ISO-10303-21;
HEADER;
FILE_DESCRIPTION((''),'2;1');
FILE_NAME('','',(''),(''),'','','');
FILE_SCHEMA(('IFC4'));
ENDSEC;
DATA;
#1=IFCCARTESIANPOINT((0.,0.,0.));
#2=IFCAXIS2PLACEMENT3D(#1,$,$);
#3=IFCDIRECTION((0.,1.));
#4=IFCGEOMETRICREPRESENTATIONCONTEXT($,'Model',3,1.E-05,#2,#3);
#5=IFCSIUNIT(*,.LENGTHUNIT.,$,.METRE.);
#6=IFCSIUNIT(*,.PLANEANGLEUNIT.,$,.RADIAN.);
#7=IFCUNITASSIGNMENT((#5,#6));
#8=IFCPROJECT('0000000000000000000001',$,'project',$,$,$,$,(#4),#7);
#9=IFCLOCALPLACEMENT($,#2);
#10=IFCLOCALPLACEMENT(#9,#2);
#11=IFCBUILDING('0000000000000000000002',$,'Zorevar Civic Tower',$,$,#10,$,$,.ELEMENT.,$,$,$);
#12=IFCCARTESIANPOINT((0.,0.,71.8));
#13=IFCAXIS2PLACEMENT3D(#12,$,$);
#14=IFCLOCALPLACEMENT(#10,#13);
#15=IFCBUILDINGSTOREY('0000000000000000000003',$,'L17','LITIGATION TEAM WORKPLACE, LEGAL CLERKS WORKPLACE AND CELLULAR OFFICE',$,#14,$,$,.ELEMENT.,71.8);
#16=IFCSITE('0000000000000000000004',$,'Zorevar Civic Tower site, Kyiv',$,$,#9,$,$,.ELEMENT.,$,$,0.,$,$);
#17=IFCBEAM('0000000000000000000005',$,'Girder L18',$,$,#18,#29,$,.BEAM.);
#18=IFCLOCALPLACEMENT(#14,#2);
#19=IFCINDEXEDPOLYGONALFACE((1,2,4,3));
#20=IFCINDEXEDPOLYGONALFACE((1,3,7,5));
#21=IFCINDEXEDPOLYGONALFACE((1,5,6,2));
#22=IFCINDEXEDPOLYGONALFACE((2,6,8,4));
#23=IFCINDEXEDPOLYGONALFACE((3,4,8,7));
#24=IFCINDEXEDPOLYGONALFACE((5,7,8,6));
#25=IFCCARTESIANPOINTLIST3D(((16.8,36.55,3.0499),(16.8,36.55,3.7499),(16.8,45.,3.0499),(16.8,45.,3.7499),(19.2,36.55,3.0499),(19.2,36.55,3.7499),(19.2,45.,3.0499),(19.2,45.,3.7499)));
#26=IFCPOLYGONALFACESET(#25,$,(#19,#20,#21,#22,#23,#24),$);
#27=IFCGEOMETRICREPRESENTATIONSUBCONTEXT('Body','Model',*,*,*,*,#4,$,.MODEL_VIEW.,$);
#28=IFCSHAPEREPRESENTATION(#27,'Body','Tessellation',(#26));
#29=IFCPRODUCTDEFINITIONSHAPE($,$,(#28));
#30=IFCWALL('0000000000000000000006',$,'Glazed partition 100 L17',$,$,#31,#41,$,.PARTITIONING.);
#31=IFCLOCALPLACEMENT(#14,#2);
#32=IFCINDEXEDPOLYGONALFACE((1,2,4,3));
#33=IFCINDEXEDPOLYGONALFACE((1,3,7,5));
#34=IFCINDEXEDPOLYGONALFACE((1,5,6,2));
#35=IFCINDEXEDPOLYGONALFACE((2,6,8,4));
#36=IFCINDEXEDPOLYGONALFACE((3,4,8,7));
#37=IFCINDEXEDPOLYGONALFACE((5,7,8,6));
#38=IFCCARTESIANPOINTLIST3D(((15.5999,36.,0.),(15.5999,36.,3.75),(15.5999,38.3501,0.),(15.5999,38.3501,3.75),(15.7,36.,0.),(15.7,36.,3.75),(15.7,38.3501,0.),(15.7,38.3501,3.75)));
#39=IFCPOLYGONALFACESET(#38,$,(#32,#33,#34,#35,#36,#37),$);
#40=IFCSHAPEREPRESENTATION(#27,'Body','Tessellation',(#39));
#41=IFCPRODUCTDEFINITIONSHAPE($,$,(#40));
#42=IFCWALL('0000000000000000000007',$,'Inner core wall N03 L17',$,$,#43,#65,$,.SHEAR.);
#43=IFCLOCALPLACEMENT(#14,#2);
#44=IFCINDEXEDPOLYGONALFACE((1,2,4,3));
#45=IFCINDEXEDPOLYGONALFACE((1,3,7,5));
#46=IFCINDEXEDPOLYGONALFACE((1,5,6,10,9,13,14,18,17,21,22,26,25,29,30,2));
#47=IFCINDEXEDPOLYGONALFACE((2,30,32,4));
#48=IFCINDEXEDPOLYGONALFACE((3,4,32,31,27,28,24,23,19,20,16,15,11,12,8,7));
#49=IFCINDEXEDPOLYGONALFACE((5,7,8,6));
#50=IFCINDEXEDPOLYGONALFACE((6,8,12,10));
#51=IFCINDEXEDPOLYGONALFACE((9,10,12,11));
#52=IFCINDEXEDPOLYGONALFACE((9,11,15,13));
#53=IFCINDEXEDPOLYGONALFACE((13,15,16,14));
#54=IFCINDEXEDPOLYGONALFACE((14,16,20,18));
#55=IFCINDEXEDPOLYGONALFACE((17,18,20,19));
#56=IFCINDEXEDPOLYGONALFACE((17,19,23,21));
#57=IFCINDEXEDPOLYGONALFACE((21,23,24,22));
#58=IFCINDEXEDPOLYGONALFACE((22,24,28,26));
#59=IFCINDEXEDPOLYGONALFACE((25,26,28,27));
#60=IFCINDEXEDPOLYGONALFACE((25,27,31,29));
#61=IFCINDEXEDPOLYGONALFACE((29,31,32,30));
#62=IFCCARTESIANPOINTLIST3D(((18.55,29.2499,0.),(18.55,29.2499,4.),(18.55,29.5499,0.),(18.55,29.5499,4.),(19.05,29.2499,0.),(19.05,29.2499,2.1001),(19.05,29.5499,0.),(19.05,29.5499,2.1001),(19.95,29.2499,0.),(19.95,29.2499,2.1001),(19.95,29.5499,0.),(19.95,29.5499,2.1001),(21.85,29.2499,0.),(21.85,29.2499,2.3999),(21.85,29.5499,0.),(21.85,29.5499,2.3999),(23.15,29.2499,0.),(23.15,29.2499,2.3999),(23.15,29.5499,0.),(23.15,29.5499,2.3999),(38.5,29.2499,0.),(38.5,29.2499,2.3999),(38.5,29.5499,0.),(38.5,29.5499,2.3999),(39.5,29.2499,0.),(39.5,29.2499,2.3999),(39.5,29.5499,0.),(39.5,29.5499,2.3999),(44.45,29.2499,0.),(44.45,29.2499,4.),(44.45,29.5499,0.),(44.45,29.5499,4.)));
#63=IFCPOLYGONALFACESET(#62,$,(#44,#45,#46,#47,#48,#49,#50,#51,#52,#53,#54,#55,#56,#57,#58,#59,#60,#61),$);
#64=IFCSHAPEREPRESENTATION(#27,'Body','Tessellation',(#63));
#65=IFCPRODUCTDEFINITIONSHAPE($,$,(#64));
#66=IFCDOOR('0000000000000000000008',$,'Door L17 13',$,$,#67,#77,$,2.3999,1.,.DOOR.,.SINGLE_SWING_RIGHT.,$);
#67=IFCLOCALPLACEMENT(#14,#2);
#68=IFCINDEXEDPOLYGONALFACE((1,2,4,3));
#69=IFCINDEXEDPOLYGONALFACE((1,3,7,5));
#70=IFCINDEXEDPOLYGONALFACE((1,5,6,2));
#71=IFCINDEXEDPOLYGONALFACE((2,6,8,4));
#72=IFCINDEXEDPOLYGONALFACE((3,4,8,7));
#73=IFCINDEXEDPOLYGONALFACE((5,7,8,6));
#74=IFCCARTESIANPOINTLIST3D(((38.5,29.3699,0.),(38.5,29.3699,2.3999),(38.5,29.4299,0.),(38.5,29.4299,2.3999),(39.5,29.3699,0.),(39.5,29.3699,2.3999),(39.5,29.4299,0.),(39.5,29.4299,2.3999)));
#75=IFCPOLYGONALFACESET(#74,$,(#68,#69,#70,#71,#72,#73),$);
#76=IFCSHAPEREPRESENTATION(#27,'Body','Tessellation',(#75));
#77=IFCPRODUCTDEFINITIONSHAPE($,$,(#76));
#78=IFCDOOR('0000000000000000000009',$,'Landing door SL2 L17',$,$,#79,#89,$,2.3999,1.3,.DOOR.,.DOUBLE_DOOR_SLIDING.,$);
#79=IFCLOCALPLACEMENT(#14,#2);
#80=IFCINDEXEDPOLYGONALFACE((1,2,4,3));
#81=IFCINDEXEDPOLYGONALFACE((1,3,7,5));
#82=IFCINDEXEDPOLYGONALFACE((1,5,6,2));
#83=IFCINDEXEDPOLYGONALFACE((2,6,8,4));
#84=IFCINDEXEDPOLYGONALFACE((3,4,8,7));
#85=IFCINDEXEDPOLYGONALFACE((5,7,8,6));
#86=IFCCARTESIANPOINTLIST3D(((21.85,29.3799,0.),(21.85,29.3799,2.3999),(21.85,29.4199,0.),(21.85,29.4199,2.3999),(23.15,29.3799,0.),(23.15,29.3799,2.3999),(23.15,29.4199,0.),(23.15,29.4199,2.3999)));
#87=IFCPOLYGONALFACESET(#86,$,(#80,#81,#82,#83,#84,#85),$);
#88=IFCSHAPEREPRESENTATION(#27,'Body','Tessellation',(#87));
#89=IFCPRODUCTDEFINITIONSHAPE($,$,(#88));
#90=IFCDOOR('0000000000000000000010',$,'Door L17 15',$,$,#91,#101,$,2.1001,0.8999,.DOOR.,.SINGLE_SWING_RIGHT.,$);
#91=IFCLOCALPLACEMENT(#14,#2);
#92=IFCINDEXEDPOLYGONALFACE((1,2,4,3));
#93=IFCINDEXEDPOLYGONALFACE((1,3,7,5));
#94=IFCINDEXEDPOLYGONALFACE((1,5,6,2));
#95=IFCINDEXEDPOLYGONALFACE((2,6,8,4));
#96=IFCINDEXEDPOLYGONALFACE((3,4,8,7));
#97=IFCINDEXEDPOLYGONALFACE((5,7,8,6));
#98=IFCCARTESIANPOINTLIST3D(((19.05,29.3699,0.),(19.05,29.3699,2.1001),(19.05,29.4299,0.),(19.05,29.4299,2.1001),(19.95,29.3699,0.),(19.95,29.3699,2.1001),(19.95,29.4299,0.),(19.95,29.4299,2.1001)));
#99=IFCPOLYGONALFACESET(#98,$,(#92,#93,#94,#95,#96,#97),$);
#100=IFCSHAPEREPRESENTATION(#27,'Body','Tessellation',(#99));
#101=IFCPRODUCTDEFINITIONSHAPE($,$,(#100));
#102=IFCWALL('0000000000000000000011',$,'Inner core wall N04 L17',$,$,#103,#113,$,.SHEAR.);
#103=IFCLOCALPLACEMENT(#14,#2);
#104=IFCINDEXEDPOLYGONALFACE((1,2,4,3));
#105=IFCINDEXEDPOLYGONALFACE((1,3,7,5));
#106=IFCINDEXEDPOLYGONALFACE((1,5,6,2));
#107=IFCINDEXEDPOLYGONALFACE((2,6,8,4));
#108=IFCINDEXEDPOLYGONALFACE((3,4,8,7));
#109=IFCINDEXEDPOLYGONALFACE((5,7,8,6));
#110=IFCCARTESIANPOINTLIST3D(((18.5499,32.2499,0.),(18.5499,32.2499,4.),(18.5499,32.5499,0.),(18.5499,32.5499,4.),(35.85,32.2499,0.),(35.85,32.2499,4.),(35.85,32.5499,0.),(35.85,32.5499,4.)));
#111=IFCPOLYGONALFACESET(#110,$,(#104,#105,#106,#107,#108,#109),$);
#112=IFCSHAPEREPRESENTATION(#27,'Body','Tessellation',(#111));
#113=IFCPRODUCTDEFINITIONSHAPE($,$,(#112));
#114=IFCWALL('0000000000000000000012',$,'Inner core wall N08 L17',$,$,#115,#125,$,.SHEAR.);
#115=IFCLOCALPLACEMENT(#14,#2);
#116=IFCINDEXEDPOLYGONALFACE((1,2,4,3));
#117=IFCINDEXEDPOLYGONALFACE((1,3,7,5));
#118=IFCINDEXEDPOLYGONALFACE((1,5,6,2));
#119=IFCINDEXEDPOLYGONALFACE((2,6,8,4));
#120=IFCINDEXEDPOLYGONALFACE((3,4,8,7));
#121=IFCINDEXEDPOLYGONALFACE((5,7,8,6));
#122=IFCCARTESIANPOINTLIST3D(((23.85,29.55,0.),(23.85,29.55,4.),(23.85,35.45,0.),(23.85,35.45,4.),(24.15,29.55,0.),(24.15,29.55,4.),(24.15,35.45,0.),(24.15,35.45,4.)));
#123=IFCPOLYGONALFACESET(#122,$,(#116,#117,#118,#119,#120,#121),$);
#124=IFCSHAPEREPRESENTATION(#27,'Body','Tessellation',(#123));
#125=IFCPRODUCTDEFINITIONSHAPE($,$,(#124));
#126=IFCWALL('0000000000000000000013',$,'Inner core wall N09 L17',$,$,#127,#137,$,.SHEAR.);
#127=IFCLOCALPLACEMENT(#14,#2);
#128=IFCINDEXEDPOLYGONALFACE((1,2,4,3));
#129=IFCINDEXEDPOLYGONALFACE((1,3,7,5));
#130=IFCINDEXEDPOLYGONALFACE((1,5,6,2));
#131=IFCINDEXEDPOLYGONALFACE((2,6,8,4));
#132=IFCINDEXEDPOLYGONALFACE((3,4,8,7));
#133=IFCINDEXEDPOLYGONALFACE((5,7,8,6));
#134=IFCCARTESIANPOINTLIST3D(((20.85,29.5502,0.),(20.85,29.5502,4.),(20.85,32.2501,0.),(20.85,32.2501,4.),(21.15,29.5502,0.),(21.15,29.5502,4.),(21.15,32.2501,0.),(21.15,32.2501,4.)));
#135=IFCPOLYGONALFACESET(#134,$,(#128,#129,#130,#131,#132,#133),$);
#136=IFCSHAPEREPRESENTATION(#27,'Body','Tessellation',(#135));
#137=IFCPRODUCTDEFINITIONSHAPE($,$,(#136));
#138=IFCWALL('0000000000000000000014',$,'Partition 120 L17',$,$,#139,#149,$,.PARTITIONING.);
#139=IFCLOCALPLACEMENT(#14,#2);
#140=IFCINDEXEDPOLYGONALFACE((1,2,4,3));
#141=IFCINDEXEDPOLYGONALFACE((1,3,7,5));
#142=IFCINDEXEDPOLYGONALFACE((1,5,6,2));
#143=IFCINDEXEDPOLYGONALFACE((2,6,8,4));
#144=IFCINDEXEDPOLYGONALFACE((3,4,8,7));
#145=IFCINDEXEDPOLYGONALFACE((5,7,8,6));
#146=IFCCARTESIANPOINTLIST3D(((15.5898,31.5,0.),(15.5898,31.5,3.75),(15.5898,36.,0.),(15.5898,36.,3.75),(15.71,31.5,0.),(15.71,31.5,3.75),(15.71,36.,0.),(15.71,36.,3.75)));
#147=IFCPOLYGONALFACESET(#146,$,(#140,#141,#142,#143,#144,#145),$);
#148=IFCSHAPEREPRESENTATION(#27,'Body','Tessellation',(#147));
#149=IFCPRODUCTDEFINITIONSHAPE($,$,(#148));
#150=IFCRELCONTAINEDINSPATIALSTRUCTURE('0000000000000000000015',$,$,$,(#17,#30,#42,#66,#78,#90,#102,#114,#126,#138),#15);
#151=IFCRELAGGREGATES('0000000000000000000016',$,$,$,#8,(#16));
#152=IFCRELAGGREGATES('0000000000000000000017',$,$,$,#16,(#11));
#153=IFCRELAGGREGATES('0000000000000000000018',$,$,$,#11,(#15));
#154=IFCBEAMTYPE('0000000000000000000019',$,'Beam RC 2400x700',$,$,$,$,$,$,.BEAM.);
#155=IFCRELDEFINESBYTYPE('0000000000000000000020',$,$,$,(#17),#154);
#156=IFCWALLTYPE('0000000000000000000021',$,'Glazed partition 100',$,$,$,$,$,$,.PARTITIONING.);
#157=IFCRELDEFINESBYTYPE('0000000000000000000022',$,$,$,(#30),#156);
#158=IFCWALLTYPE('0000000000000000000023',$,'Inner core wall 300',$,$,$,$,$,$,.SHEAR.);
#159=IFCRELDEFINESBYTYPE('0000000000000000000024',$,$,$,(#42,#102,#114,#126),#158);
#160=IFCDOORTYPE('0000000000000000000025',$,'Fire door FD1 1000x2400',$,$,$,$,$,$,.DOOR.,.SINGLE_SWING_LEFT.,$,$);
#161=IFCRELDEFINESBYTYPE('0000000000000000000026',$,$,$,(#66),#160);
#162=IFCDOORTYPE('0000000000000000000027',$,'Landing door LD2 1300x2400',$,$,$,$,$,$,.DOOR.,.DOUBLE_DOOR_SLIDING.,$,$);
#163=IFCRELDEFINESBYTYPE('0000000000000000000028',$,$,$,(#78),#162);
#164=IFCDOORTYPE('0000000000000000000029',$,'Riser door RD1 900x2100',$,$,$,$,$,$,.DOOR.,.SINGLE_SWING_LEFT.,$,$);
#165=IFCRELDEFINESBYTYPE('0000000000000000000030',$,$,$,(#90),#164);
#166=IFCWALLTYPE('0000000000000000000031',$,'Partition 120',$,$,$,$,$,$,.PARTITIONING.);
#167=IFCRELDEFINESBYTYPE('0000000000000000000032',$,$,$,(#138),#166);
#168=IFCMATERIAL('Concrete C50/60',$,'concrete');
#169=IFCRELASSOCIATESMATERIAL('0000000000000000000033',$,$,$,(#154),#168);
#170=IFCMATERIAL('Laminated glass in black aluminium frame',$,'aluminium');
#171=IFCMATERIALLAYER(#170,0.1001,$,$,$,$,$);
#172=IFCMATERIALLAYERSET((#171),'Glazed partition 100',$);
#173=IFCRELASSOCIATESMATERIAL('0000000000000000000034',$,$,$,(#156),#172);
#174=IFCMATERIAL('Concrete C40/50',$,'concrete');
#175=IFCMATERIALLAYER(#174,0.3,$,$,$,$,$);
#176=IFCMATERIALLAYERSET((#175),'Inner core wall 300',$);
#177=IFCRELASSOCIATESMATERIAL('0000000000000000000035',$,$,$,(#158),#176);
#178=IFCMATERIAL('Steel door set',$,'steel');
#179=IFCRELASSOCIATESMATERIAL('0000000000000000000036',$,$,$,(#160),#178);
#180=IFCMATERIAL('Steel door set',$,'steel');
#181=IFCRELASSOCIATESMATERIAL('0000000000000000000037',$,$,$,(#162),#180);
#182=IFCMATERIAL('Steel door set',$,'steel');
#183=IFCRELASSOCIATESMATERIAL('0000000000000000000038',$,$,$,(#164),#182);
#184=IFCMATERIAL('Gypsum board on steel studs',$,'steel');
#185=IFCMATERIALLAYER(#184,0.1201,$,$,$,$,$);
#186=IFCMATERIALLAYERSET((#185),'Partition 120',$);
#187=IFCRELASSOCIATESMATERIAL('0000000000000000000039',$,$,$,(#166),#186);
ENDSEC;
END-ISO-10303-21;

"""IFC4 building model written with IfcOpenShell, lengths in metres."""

from ifc_helpers import new_model, si_unit, direction, frame, frame_2d, origin, origin_2d, place, context, subcontext, project, spatial, rectangle, extrude, material, layer, layer_set, material_profile, profile_set, type_object, element, fill, save


model = new_model("IFC4")

# Units and contexts
model_context = context("Model", 3, precision=1e-05, world=origin(), true_north=direction((0.0, 1.0)))
body_context = subcontext(model_context, "Body", "Model", "MODEL_VIEW")
ifc_project = project(units=[si_unit("LENGTHUNIT", "METRE"), si_unit("PLANEANGLEUNIT", "RADIAN")], contexts=[model_context])

# Site, building, storey
site_placement = place(None, origin())
site = spatial("IfcSite", under=ifc_project, at=site_placement, Name="Zorevar Civic Tower site, Kyiv", CompositionType="ELEMENT", RefElevation=0.0)
building_placement = place(site_placement, origin())
building = spatial("IfcBuilding", under=site, at=building_placement, Name="Zorevar Civic Tower", CompositionType="ELEMENT")
storey_placement = place(building_placement, frame((0.0, 0.0, 71.8)))
storey = spatial("IfcBuildingStorey", under=building, at=storey_placement, Name="L17", Description="LITIGATION TEAM WORKPLACE, LEGAL CLERKS WORKPLACE AND CELLULAR OFFICE", CompositionType="ELEMENT", Elevation=71.8)

# Beam
ifc_material_1 = material(Name="Concrete C50/60", Category="concrete")
ifc_material_profile = material_profile(ifc_material_1, rectangle(XDim=2.3999, YDim=0.7, at=origin_2d()), Name="RC 2400x700")
ifc_profile_set = profile_set([ifc_material_profile], Name="Concrete C50/60")
beam_type = type_object("IfcBeamType", Name="Beam RC 2400x700", PredefinedType="BEAM", material=ifc_profile_set)
beam_placement = place(storey_placement, frame((18.0, 36.55, 3.3999), z_axis=(0.0, 1.0, 0.0), x_axis=(-1.0, 0.0, 0.0)))
element("IfcBeam", 1, at=beam_placement, inside=storey, type_object=beam_type, Name="Girder L18", PredefinedType="BEAM", context=body_context, shape_type="SweptSolid", body=[
    extrude(rectangle(XDim=2.3999, YDim=0.7, at=origin_2d()), origin(), (0.0, 0.0, 1.0), 8.45),
])

# Wall
ifc_material_2 = material(Name="Laminated glass in black aluminium frame", Category="aluminium")
ifc_layer_1 = layer(ifc_material_2, 0.1001)
ifc_layer_set_1 = layer_set([ifc_layer_1], Name="Glazed partition 100")
wall_type_1 = type_object("IfcWallType", Name="Glazed partition 100", PredefinedType="PARTITIONING", material=ifc_layer_set_1)
wall_1_placement = place(storey_placement, frame((15.6499, 36.0, 0.0), z_axis=(0.0, 0.0, 1.0), x_axis=(0.0, 1.0, 0.0)))
element("IfcWall", 2, at=wall_1_placement, inside=storey, type_object=wall_type_1, Name="Glazed partition 100 L17", PredefinedType="PARTITIONING", context=body_context, shape_type="SweptSolid", body=[
    extrude(rectangle(XDim=2.3501, YDim=0.1001, at=frame_2d((1.175, 0.0))), origin(), (0.0, 0.0, 1.0), 3.75),
])

# Wall, openings, doors
ifc_material_3 = material(Name="Concrete C40/50", Category="concrete")
ifc_layer_2 = layer(ifc_material_3, 0.3)
ifc_layer_set_2 = layer_set([ifc_layer_2], Name="Inner core wall 300")
wall_type_2 = type_object("IfcWallType", Name="Inner core wall 300", PredefinedType="SHEAR", material=ifc_layer_set_2)
wall_2_placement = place(storey_placement, frame((18.55, 29.3999, 0.0), z_axis=(0.0, 0.0, 1.0), x_axis=(1.0, 0.0, 0.0)))
wall_2 = element("IfcWall", 3, at=wall_2_placement, inside=storey, type_object=wall_type_2, Name="Inner core wall N03 L17", PredefinedType="SHEAR", context=body_context, shape_type="SweptSolid", body=[
    extrude(rectangle(XDim=25.8999, YDim=0.3, at=frame_2d((12.95, 0.0))), origin(), (0.0, 0.0, 1.0), 4.0),
])
opening_1_placement = place(wall_2_placement, frame((19.95, 0.0, 0.0)))
opening_1 = element("IfcOpeningElement", 4, at=opening_1_placement, cuts=wall_2, PredefinedType="OPENING", context=body_context, shape_type="SweptSolid", body=[
    extrude(rectangle(XDim=1.0, YDim=2.3999, at=frame_2d((0.5, 1.2))), frame((0.0, 0.1599, 0.0), z_axis=(0.0, -1.0, 0.0), x_axis=(1.0, 0.0, 0.0)), (0.0, 0.0, 1.0), 0.3201),
])
opening_2_placement = place(wall_2_placement, frame((0.5, 0.0, 0.0)))
opening_2 = element("IfcOpeningElement", 5, at=opening_2_placement, cuts=wall_2, PredefinedType="OPENING", context=body_context, shape_type="SweptSolid", body=[
    extrude(rectangle(XDim=0.8999, YDim=2.1001, at=frame_2d((0.45, 1.05))), frame((0.0, 0.1599, 0.0), z_axis=(0.0, -1.0, 0.0), x_axis=(1.0, 0.0, 0.0)), (0.0, 0.0, 1.0), 0.3201),
])
opening_3_placement = place(wall_2_placement, frame((3.3, 0.0, 0.0)))
opening_3 = element("IfcOpeningElement", 6, at=opening_3_placement, cuts=wall_2, PredefinedType="OPENING", context=body_context, shape_type="SweptSolid", body=[
    extrude(rectangle(XDim=1.3, YDim=2.3999, at=frame_2d((0.6499, 1.2))), frame((0.0, 0.1599, 0.0), z_axis=(0.0, -1.0, 0.0), x_axis=(1.0, 0.0, 0.0)), (0.0, 0.0, 1.0), 0.3201),
])
ifc_material_4 = material(Name="Steel door set", Category="steel")
door_type_1 = type_object("IfcDoorType", Name="Fire door FD1 1000x2400", OperationType="SINGLE_SWING_LEFT", PredefinedType="DOOR", material=ifc_material_4)
door_1_placement = place(opening_1_placement, origin())
door_1 = element("IfcDoor", 7, at=door_1_placement, inside=storey, type_object=door_type_1, Name="Door L17 13", OperationType="SINGLE_SWING_RIGHT", OverallHeight=2.3999, OverallWidth=1.0, PredefinedType="DOOR", context=body_context, shape_type="SweptSolid", body=[
    extrude(rectangle(XDim=1.0, YDim=2.3999, at=frame_2d((0.5, 1.2))), frame((0.0, 0.03, 0.0), z_axis=(0.0, -1.0, 0.0), x_axis=(1.0, 0.0, 0.0)), (0.0, 0.0, 1.0), 0.0601),
])
fill(opening_1, door_1)
ifc_material_5 = material(Name="Steel door set", Category="steel")
door_type_2 = type_object("IfcDoorType", Name="Landing door LD2 1300x2400", OperationType="DOUBLE_DOOR_SLIDING", PredefinedType="DOOR", material=ifc_material_5)
door_2_placement = place(opening_3_placement, origin())
door_2 = element("IfcDoor", 8, at=door_2_placement, inside=storey, type_object=door_type_2, Name="Landing door SL2 L17", OperationType="DOUBLE_DOOR_SLIDING", OverallHeight=2.3999, OverallWidth=1.3, PredefinedType="DOOR", context=body_context, shape_type="SweptSolid", body=[
    extrude(rectangle(XDim=1.3, YDim=2.3999, at=frame_2d((0.6499, 1.2))), frame((0.0, 0.02, 0.0), z_axis=(0.0, -1.0, 0.0), x_axis=(1.0, 0.0, 0.0)), (0.0, 0.0, 1.0), 0.04),
])
fill(opening_3, door_2)
ifc_material_6 = material(Name="Steel door set", Category="steel")
door_type_3 = type_object("IfcDoorType", Name="Riser door RD1 900x2100", OperationType="SINGLE_SWING_LEFT", PredefinedType="DOOR", material=ifc_material_6)
door_3_placement = place(opening_2_placement, origin())
door_3 = element("IfcDoor", 9, at=door_3_placement, inside=storey, type_object=door_type_3, Name="Door L17 15", OperationType="SINGLE_SWING_RIGHT", OverallHeight=2.1001, OverallWidth=0.8999, PredefinedType="DOOR", context=body_context, shape_type="SweptSolid", body=[
    extrude(rectangle(XDim=0.8999, YDim=2.1001, at=frame_2d((0.45, 1.05))), frame((0.0, 0.03, 0.0), z_axis=(0.0, -1.0, 0.0), x_axis=(1.0, 0.0, 0.0)), (0.0, 0.0, 1.0), 0.0601),
])
fill(opening_2, door_3)

# Walls
wall_3_placement = place(storey_placement, frame((18.55, 32.3999, 0.0), z_axis=(0.0, 0.0, 1.0), x_axis=(1.0, 0.0, 0.0)))
element("IfcWall", 10, at=wall_3_placement, inside=storey, type_object=wall_type_2, Name="Inner core wall N04 L17", PredefinedType="SHEAR", context=body_context, shape_type="SweptSolid", body=[
    extrude(rectangle(XDim=17.3, YDim=0.3, at=frame_2d((8.6499, 0.0))), origin(), (0.0, 0.0, 1.0), 4.0),
])
wall_4_placement = place(storey_placement, frame((24.0, 29.55, 0.0), z_axis=(0.0, 0.0, 1.0), x_axis=(0.0, 1.0, 0.0)))
element("IfcWall", 11, at=wall_4_placement, inside=storey, type_object=wall_type_2, Name="Inner core wall N08 L17", PredefinedType="SHEAR", context=body_context, shape_type="SweptSolid", body=[
    extrude(rectangle(XDim=5.8999, YDim=0.3, at=frame_2d((2.95, 0.0))), origin(), (0.0, 0.0, 1.0), 4.0),
])
wall_5_placement = place(storey_placement, frame((21.0, 29.55, 0.0), z_axis=(0.0, 0.0, 1.0), x_axis=(0.0, 1.0, 0.0)))
element("IfcWall", 12, at=wall_5_placement, inside=storey, type_object=wall_type_2, Name="Inner core wall N09 L17", PredefinedType="SHEAR", context=body_context, shape_type="SweptSolid", body=[
    extrude(rectangle(XDim=2.7, YDim=0.3, at=frame_2d((1.3501, 0.0))), origin(), (0.0, 0.0, 1.0), 4.0),
])
ifc_material_7 = material(Name="Gypsum board on steel studs", Category="steel")
ifc_layer_3 = layer(ifc_material_7, 0.1201)
ifc_layer_set_3 = layer_set([ifc_layer_3], Name="Partition 120")
wall_type_3 = type_object("IfcWallType", Name="Partition 120", PredefinedType="PARTITIONING", material=ifc_layer_set_3)
wall_6_placement = place(storey_placement, frame((15.6499, 31.5, 0.0), z_axis=(0.0, 0.0, 1.0), x_axis=(0.0, 1.0, 0.0)))
element("IfcWall", 13, at=wall_6_placement, inside=storey, type_object=wall_type_3, Name="Partition 120 L17", PredefinedType="PARTITIONING", context=body_context, shape_type="SweptSolid", body=[
    extrude(rectangle(XDim=4.5, YDim=0.1201, at=frame_2d((2.25, 0.0))), origin(), (0.0, 0.0, 1.0), 3.75),
])

save(model, "model.ifc")
